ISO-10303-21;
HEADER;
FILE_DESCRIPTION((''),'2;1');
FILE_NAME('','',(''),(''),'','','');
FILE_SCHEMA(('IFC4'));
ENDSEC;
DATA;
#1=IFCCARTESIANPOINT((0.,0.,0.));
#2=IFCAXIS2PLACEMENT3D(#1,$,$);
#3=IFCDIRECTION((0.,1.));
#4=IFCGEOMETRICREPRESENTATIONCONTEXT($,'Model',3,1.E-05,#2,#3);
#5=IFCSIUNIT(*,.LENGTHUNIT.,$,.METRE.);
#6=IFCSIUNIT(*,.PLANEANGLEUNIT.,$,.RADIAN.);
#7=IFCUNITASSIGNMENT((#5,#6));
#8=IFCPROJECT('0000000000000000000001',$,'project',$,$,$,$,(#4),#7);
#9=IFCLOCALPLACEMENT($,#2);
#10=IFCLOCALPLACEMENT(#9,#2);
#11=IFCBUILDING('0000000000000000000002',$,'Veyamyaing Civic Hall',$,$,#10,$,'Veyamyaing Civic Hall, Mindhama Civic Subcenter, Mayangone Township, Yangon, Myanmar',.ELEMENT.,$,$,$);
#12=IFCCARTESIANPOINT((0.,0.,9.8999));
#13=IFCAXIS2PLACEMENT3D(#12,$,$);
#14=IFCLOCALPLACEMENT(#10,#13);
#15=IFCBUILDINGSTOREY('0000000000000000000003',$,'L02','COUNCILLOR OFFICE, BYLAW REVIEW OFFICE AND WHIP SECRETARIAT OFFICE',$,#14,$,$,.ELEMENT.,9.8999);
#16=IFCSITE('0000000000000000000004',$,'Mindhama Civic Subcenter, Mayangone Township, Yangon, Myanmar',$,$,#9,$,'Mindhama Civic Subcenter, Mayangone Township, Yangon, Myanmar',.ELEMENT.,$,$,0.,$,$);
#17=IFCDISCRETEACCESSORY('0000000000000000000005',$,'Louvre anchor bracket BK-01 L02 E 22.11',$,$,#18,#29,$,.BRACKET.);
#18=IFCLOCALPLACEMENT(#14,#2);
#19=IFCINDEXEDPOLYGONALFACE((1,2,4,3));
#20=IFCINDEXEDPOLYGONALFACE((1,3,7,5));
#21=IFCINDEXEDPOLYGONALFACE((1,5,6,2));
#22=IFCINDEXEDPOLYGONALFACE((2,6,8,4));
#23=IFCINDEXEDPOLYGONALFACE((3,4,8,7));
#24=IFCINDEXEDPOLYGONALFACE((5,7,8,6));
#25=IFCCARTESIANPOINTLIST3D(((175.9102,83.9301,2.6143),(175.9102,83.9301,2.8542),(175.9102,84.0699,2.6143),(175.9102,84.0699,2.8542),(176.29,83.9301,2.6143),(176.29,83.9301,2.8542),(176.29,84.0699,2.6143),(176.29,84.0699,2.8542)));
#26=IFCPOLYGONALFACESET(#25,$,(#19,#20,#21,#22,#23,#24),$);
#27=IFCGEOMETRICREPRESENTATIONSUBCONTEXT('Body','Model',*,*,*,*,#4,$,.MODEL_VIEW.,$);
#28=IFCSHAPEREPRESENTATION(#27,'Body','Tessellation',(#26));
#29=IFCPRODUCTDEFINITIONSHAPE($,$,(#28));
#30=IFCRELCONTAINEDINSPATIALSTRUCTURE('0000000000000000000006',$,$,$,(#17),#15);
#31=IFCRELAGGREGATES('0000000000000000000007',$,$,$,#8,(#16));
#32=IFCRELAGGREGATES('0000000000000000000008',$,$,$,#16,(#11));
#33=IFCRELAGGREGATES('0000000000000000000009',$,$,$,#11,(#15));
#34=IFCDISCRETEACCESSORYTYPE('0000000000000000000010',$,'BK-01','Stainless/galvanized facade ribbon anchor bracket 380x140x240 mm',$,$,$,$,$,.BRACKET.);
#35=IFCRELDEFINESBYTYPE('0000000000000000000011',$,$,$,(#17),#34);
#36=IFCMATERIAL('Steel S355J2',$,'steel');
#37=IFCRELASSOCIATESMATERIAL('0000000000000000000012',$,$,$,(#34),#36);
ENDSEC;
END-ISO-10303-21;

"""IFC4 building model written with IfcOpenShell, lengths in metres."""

from ifc_helpers import new_model, si_unit, direction, frame, origin, origin_2d, place, context, subcontext, project, spatial, rectangle, extrude, material, type_object, element, save


model = new_model("IFC4")

# Units and contexts
model_context = context("Model", 3, precision=1e-05, world=origin(), true_north=direction((0.0, 1.0)))
body_context = subcontext(model_context, "Body", "Model", "MODEL_VIEW")
ifc_project = project(units=[si_unit("LENGTHUNIT", "METRE"), si_unit("PLANEANGLEUNIT", "RADIAN")], contexts=[model_context])

# Site, building, storey
site_placement = place(None, origin())
site = spatial("IfcSite", under=ifc_project, at=site_placement, Name="Mindhama Civic Subcenter, Mayangone Township, Yangon, Myanmar", LongName="Mindhama Civic Subcenter, Mayangone Township, Yangon, Myanmar", CompositionType="ELEMENT", RefElevation=0.0)
building_placement = place(site_placement, origin())
building = spatial("IfcBuilding", under=site, at=building_placement, Name="Veyamyaing Civic Hall", LongName="Veyamyaing Civic Hall, Mindhama Civic Subcenter, Mayangone Township, Yangon, Myanmar", CompositionType="ELEMENT")
storey_placement = place(building_placement, frame((0.0, 0.0, 9.8999)))
storey = spatial("IfcBuildingStorey", under=building, at=storey_placement, Name="L02", Description="COUNCILLOR OFFICE, BYLAW REVIEW OFFICE AND WHIP SECRETARIAT OFFICE", CompositionType="ELEMENT", Elevation=9.8999)

# Discrete accessory
ifc_material_1 = material(Name="Steel S355J2", Category="steel")
discrete_accessory_type = type_object("IfcDiscreteAccessoryType", Name="BK-01", Description="Stainless/galvanized facade ribbon anchor bracket 380x140x240 mm", PredefinedType="BRACKET", material=ifc_material_1)
for number, where, z_axis, x_axis, name in (
    (1, (176.1001, 84.0, 2.6143), (0.0, 0.0, 1.0), (1.0, 0.0, 0.0), "Louvre anchor bracket BK-01 L02 E 22.11"),
):
    element("IfcDiscreteAccessory", number, at=place(storey_placement, frame(where, z_axis=z_axis, x_axis=x_axis)), inside=storey, type_object=discrete_accessory_type, Name=name, PredefinedType="BRACKET", context=body_context, shape_type="SweptSolid", body=[
        extrude(rectangle(XDim=0.3799, YDim=0.1399, at=origin_2d()), origin(), (0.0, 0.0, 1.0), 0.24),
    ])

save(model, "model.ifc")
